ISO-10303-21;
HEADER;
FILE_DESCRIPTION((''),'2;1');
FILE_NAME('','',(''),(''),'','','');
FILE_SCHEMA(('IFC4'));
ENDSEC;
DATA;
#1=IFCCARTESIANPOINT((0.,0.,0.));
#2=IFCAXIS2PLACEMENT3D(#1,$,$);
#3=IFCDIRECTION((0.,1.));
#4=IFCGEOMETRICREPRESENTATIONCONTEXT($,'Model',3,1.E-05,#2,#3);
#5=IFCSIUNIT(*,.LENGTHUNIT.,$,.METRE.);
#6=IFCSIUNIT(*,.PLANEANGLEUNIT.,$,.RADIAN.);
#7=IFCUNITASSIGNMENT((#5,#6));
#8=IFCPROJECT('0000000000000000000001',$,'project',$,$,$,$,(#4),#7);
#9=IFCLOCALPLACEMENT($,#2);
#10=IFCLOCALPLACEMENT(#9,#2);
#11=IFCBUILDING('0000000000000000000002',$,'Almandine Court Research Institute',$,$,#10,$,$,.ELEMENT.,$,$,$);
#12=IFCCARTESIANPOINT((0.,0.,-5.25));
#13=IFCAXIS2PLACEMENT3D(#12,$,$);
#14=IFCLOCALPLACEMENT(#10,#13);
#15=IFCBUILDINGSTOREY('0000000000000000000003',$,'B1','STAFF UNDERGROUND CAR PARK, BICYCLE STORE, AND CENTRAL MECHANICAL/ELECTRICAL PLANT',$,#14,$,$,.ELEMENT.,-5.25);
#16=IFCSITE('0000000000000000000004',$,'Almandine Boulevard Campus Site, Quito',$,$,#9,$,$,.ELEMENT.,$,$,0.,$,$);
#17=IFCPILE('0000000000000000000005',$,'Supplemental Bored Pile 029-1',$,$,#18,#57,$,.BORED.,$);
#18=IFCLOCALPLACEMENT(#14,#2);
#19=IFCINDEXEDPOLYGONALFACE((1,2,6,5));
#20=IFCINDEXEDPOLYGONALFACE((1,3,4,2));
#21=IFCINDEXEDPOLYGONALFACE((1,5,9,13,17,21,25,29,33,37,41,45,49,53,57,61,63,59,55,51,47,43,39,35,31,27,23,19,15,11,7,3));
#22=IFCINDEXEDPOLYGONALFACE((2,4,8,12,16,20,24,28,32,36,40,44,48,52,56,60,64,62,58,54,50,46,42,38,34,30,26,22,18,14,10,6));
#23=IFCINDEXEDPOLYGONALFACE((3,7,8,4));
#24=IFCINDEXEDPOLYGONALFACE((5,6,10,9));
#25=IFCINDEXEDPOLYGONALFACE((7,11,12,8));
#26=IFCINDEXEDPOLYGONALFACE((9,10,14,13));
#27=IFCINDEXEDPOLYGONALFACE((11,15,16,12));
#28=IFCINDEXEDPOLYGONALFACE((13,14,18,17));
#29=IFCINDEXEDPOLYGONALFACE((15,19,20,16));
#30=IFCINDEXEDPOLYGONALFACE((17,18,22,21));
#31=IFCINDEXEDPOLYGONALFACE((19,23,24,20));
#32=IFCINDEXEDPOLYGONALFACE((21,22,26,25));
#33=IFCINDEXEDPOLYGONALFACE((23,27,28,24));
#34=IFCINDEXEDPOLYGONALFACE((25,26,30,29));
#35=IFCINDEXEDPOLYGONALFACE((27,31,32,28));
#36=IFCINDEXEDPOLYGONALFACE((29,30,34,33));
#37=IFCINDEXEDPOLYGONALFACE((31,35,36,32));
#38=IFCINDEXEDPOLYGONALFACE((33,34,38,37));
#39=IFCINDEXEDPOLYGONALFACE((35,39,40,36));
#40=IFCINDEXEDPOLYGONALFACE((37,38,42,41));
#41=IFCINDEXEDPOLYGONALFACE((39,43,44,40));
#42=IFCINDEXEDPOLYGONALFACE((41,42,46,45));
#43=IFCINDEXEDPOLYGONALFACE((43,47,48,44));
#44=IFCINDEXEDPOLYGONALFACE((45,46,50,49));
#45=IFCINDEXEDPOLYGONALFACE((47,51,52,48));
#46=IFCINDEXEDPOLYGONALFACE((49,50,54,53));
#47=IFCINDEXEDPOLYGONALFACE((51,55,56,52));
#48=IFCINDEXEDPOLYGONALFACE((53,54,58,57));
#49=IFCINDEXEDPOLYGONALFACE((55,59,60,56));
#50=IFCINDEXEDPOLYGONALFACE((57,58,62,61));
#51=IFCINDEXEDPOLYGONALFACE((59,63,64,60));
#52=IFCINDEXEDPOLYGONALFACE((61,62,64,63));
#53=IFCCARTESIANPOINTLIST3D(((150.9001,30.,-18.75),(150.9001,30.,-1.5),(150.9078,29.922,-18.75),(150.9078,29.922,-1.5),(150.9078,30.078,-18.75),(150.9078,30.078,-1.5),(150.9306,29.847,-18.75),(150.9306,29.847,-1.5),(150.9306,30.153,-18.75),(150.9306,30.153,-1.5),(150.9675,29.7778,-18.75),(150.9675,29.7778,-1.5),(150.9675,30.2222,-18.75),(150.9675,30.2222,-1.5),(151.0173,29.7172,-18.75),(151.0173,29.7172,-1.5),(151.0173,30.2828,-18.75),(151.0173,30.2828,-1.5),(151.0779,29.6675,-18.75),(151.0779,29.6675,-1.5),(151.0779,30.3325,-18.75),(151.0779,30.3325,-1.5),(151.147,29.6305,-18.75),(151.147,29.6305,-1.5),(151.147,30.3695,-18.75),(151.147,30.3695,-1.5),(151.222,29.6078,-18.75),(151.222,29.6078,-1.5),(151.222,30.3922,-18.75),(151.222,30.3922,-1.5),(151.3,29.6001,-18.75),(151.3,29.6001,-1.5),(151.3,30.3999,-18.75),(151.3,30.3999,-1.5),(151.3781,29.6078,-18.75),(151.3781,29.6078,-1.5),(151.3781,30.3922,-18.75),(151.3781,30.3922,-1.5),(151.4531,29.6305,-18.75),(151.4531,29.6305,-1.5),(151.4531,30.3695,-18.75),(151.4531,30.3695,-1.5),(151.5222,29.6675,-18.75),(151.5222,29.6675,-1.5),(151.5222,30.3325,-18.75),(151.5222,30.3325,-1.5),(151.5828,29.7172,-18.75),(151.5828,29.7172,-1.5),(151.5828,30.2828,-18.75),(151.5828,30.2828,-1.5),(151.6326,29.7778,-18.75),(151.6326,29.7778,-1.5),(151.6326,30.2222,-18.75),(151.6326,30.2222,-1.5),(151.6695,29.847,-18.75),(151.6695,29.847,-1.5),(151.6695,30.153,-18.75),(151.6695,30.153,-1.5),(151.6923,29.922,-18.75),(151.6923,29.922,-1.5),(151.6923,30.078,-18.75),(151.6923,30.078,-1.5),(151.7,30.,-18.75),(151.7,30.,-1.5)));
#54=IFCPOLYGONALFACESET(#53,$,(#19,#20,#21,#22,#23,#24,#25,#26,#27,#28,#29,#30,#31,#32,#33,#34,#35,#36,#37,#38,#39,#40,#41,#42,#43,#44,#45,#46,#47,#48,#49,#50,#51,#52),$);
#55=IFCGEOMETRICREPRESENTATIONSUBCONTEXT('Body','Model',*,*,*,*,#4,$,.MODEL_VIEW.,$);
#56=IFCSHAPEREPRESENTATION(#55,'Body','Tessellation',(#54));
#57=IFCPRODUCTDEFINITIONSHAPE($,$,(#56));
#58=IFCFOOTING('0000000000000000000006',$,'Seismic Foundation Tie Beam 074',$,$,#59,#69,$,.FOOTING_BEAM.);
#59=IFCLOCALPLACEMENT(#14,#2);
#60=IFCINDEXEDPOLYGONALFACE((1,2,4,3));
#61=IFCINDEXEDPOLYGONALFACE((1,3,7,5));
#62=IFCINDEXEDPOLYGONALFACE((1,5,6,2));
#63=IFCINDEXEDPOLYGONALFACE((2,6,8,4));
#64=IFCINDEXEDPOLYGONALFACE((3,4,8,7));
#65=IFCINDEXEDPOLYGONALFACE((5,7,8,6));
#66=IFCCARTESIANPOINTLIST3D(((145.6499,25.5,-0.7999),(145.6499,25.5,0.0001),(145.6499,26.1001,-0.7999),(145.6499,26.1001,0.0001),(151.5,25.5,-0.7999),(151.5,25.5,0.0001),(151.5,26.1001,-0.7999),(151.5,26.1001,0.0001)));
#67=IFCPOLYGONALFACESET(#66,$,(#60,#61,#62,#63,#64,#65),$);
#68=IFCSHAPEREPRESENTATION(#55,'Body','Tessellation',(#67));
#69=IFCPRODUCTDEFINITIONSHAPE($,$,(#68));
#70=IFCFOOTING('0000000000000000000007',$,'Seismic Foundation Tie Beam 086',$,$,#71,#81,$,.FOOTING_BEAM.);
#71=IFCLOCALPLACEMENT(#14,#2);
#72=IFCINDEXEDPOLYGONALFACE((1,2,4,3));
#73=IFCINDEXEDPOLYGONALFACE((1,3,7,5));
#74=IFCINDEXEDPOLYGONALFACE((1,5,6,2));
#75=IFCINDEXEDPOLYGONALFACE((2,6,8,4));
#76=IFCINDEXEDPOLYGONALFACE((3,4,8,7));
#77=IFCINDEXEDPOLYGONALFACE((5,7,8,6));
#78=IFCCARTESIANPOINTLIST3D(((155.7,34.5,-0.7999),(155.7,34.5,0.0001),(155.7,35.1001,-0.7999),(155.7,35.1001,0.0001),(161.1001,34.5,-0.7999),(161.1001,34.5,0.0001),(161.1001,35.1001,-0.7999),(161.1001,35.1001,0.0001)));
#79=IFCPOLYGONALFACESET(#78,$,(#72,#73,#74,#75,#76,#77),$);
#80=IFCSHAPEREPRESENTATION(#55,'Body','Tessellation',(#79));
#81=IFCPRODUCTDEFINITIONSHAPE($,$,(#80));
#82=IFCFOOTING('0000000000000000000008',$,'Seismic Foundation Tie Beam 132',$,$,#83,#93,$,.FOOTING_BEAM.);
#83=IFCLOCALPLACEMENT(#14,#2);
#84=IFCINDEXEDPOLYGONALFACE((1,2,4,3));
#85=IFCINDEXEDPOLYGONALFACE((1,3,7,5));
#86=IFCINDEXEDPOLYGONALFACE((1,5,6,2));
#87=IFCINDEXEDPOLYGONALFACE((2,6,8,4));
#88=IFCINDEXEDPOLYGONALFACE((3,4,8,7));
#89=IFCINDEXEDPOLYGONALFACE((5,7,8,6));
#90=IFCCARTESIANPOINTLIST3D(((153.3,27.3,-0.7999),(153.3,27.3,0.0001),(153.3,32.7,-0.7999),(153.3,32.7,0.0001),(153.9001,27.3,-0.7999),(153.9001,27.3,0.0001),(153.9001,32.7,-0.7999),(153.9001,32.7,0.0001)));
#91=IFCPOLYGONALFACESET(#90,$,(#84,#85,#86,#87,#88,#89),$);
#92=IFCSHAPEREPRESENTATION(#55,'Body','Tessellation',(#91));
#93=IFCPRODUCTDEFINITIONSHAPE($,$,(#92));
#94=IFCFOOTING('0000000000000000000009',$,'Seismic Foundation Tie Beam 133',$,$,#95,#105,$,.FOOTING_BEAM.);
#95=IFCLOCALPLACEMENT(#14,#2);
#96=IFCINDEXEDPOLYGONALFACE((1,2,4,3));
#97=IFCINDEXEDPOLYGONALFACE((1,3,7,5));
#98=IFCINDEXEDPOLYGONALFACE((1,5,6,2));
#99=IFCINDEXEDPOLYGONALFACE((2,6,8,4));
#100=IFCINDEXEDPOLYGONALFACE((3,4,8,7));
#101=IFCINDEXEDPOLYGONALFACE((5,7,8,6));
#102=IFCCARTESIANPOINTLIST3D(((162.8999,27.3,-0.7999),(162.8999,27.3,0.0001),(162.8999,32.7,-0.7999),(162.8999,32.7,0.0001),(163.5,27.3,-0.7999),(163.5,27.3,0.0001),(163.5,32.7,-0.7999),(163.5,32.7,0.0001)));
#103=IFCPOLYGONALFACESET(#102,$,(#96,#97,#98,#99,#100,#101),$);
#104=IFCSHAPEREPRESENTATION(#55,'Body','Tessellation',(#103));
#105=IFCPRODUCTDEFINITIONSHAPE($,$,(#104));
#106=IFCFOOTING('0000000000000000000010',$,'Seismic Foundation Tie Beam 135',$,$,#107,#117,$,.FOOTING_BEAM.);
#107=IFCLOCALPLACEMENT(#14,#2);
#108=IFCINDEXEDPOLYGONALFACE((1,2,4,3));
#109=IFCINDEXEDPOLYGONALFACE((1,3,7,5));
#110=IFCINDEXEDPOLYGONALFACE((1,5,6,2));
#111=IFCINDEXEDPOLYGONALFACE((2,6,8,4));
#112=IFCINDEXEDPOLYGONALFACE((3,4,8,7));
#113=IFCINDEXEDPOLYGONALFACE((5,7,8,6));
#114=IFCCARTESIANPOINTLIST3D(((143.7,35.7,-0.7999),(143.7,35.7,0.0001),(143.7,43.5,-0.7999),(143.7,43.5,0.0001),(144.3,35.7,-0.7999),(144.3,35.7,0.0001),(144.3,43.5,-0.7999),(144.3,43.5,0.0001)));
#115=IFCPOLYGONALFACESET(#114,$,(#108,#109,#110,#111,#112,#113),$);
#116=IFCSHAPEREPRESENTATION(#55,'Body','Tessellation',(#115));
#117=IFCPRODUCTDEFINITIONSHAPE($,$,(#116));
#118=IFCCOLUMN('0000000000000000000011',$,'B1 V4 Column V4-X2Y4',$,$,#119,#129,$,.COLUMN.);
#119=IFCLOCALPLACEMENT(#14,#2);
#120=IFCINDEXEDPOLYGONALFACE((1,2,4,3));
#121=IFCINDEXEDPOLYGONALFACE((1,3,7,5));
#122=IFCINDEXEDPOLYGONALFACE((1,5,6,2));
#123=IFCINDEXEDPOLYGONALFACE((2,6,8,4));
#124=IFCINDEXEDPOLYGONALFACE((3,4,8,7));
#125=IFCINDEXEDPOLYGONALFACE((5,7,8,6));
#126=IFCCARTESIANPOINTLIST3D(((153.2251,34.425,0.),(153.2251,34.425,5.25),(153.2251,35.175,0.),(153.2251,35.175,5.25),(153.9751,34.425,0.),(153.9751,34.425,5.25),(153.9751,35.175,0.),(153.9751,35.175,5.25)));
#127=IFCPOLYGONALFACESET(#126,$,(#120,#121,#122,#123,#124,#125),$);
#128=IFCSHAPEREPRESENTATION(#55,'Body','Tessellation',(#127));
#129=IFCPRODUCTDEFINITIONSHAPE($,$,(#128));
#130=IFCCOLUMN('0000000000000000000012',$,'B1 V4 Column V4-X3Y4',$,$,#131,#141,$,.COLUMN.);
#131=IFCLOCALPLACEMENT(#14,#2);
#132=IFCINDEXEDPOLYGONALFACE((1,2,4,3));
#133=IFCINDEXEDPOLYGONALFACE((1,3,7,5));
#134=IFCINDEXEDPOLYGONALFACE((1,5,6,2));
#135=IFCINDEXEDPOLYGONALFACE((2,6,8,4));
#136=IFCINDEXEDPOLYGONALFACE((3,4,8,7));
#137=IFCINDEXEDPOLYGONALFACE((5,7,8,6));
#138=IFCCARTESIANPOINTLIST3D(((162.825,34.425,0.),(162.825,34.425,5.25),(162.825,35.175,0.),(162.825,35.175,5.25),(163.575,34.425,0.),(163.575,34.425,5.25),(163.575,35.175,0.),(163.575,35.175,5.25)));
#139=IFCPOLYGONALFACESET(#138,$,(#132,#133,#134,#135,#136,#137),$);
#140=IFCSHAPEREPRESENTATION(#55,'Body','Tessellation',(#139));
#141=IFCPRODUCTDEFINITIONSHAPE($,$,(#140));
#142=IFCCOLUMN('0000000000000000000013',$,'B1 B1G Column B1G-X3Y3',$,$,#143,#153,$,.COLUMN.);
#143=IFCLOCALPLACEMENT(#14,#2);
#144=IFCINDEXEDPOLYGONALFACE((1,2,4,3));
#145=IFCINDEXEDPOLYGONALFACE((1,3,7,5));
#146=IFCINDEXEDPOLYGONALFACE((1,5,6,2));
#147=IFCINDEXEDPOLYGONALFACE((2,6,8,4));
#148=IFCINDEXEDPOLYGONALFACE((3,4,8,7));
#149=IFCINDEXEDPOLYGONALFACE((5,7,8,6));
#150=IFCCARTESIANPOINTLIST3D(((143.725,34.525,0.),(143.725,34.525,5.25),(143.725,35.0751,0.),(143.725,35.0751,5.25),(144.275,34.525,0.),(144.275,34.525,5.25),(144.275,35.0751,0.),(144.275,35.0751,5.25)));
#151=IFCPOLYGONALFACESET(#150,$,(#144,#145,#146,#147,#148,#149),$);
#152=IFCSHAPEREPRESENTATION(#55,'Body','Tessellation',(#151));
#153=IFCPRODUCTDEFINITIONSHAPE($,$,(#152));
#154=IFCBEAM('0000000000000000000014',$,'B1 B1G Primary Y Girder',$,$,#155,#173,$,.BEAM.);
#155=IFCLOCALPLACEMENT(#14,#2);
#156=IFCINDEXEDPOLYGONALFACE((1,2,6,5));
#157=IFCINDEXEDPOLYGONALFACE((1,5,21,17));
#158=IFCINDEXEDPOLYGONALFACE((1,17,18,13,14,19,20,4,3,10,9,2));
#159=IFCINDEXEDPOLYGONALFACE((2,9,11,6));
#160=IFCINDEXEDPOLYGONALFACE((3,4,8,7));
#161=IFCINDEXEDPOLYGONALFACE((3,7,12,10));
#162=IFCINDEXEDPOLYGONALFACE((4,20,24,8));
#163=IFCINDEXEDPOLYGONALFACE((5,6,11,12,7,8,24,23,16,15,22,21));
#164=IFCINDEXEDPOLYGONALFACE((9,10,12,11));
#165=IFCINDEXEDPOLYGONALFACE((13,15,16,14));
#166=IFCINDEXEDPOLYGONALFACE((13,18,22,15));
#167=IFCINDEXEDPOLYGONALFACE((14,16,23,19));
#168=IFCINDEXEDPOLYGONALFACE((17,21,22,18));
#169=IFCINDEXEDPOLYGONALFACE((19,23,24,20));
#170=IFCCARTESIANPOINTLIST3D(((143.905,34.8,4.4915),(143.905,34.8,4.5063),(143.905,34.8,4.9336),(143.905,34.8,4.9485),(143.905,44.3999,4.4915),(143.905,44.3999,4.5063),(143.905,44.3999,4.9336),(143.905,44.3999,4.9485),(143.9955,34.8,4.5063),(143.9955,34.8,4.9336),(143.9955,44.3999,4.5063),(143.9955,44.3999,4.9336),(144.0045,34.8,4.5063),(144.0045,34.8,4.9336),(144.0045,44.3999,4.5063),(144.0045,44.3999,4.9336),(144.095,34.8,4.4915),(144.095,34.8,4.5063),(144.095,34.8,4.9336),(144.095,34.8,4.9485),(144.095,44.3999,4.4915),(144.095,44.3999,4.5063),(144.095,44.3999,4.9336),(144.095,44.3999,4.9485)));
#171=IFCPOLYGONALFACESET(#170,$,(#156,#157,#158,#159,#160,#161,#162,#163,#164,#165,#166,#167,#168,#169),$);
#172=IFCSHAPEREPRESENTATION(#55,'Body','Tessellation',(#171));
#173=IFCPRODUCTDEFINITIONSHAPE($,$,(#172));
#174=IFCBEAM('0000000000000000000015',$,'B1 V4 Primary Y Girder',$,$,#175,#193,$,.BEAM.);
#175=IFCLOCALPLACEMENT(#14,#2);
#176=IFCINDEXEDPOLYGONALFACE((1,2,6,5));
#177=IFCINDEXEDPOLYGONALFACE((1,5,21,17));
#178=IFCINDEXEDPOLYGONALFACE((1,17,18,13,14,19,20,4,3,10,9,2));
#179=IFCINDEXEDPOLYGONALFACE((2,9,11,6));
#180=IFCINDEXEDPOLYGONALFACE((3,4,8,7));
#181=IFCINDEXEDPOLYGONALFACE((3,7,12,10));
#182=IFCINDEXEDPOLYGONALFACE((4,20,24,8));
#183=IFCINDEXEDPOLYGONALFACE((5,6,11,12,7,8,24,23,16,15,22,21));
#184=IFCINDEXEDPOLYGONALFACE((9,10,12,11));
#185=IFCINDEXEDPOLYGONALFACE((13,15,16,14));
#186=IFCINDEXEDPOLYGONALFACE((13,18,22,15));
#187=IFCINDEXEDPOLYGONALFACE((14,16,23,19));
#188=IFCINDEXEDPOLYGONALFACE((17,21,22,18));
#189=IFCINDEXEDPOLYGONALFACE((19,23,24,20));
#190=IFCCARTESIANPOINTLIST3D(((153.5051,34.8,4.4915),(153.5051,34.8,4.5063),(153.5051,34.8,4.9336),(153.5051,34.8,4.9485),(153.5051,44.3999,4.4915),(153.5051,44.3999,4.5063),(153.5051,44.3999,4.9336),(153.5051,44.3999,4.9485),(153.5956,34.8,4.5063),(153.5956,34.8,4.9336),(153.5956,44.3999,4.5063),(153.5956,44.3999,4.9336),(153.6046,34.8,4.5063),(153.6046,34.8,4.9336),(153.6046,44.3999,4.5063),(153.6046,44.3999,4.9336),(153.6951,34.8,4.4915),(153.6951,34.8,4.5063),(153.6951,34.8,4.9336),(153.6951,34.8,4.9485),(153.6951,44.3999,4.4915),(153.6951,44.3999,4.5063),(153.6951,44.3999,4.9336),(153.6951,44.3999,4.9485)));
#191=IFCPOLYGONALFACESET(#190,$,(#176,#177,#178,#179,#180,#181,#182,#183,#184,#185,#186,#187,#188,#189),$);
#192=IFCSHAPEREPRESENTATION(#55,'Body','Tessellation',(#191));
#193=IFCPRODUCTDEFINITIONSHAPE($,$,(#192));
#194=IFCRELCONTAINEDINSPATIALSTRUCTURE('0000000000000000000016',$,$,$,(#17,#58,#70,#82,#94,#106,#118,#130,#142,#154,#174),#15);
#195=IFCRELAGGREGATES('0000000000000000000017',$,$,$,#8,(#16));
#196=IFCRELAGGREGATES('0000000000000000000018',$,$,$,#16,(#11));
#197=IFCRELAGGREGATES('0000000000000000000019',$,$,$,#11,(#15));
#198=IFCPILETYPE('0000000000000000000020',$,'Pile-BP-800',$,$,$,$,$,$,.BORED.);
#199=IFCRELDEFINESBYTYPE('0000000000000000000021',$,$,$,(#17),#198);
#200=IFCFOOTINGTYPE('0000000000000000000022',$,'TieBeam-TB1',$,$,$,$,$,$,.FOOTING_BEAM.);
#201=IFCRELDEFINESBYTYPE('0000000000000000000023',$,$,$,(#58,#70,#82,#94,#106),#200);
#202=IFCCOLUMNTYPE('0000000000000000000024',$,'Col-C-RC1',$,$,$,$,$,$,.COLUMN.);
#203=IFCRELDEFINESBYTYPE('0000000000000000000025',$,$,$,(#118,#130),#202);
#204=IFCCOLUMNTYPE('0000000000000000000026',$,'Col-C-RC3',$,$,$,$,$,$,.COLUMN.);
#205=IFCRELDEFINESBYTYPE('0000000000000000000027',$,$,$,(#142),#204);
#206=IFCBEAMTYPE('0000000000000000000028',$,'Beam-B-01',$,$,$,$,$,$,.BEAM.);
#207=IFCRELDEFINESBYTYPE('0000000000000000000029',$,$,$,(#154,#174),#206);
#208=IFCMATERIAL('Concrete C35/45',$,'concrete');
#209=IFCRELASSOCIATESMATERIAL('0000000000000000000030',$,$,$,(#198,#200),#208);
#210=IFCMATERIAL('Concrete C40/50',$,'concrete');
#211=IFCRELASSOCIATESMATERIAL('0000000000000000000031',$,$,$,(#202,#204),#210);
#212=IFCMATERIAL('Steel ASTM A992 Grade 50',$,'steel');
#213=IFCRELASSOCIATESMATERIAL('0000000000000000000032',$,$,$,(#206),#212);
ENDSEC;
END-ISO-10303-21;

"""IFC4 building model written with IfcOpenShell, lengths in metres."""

from ifc_helpers import new_model, si_unit, direction, frame, origin, origin_2d, place, context, subcontext, project, spatial, rectangle, circle, i_section, extrude, material, material_profile, profile_set, type_object, element, save


model = new_model("IFC4")

# Units and contexts
model_context = context("Model", 3, precision=1e-05, world=origin(), true_north=direction((0.0, 1.0)))
body_context = subcontext(model_context, "Body", "Model", "MODEL_VIEW")
ifc_project = project(units=[si_unit("LENGTHUNIT", "METRE"), si_unit("PLANEANGLEUNIT", "RADIAN")], contexts=[model_context])

# Site, building, storey
site_placement = place(None, origin())
site = spatial("IfcSite", under=ifc_project, at=site_placement, Name="Almandine Boulevard Campus Site, Quito", CompositionType="ELEMENT", RefElevation=0.0)
building_placement = place(site_placement, origin())
building = spatial("IfcBuilding", under=site, at=building_placement, Name="Almandine Court Research Institute", CompositionType="ELEMENT")
storey_placement = place(building_placement, frame((0.0, 0.0, -5.25)))
storey = spatial("IfcBuildingStorey", under=building, at=storey_placement, Name="B1", Description="STAFF UNDERGROUND CAR PARK, BICYCLE STORE, AND CENTRAL MECHANICAL/ELECTRICAL PLANT", CompositionType="ELEMENT", Elevation=-5.25)

# Shared definitions
ifc_material_1 = material(Name="Concrete C35/45", Category="concrete")

# Pile
ifc_material_profile_1 = material_profile(ifc_material_1, circle(Radius=0.3999, at=origin_2d()), Name="BORED PILE D800")
ifc_profile_set_1 = profile_set([ifc_material_profile_1], Name="Concrete C35/45")
pile_type_1 = type_object("IfcPileType", Name="Pile-BP-800", PredefinedType="BORED", material=ifc_profile_set_1)
pile_placement = place(storey_placement, frame((151.3, 30.0, -1.5), z_axis=(0.0, 0.0, -1.0), x_axis=(1.0, 0.0, 0.0)))
element("IfcPile", 1, at=pile_placement, inside=storey, type_object=pile_type_1, Name="Supplemental Bored Pile 029-1", PredefinedType="BORED", context=body_context, shape_type="SweptSolid", body=[
    extrude(circle(Radius=0.3999, at=origin_2d()), origin(), (0.0, 0.0, 1.0), 17.25),
])

# Footings
ifc_material_profile_2 = material_profile(ifc_material_1, rectangle(XDim=0.6001, YDim=0.8, at=origin_2d()), Name="RC TIE 600x800")
ifc_profile_set_2 = profile_set([ifc_material_profile_2], Name="Concrete C35/45")
footing_type_1 = type_object("IfcFootingType", Name="TieBeam-TB1", PredefinedType="FOOTING_BEAM", material=ifc_profile_set_2)
footing_1_placement = place(storey_placement, frame((145.6499, 25.8, -0.3999), z_axis=(1.0, 0.0, 0.0), x_axis=(0.0, 1.0, 0.0)))
element("IfcFooting", 2, at=footing_1_placement, inside=storey, type_object=footing_type_1, Name="Seismic Foundation Tie Beam 074", PredefinedType="FOOTING_BEAM", context=body_context, shape_type="SweptSolid", body=[
    extrude(rectangle(XDim=0.6001, YDim=0.8, at=origin_2d()), origin(), (0.0, 0.0, 1.0), 5.8501),
])
footing_2_placement = place(storey_placement, frame((155.7, 34.8, -0.3999), z_axis=(1.0, 0.0, 0.0), x_axis=(0.0, 1.0, 0.0)))
element("IfcFooting", 3, at=footing_2_placement, inside=storey, type_object=footing_type_1, Name="Seismic Foundation Tie Beam 086", PredefinedType="FOOTING_BEAM", context=body_context, shape_type="SweptSolid", body=[
    extrude(rectangle(XDim=0.6001, YDim=0.8, at=origin_2d()), origin(), (0.0, 0.0, 1.0), 5.4001),
])
for number, where, z_axis, x_axis, name in (
    (4, (153.6001, 27.3, -0.3999), (0.0, 1.0, 0.0), (-1.0, 0.0, 0.0), "Seismic Foundation Tie Beam 132"),
    (5, (163.2, 27.3, -0.3999), (0.0, 1.0, 0.0), (-1.0, 0.0, 0.0), "Seismic Foundation Tie Beam 133"),
):
    element("IfcFooting", number, at=place(storey_placement, frame(where, z_axis=z_axis, x_axis=x_axis)), inside=storey, type_object=footing_type_1, Name=name, PredefinedType="FOOTING_BEAM", context=body_context, shape_type="SweptSolid", body=[
        extrude(rectangle(XDim=0.6001, YDim=0.8, at=origin_2d()), origin(), (0.0, 0.0, 1.0), 5.3999),
    ])
footing_3_placement = place(storey_placement, frame((144.0, 35.7, -0.3999), z_axis=(0.0, 1.0, 0.0), x_axis=(-1.0, 0.0, 0.0)))
element("IfcFooting", 6, at=footing_3_placement, inside=storey, type_object=footing_type_1, Name="Seismic Foundation Tie Beam 135", PredefinedType="FOOTING_BEAM", context=body_context, shape_type="SweptSolid", body=[
    extrude(rectangle(XDim=0.6001, YDim=0.8, at=origin_2d()), origin(), (0.0, 0.0, 1.0), 7.8),
])

# Columns
ifc_material_2 = material(Name="Concrete C40/50", Category="concrete")
ifc_material_profile_3 = material_profile(ifc_material_2, rectangle(XDim=0.75, YDim=0.75, at=origin_2d()), Name="RC 750x750")
ifc_profile_set_3 = profile_set([ifc_material_profile_3], Name="Concrete C40/50")
column_type_1 = type_object("IfcColumnType", Name="Col-C-RC1", PredefinedType="COLUMN", material=ifc_profile_set_3)
for number, where, z_axis, x_axis, name in (
    (7, (153.6001, 34.8, 0.0), (0.0, 0.0, 1.0), (1.0, 0.0, 0.0), "B1 V4 Column V4-X2Y4"),
    (8, (163.2, 34.8, 0.0), (0.0, 0.0, 1.0), (1.0, 0.0, 0.0), "B1 V4 Column V4-X3Y4"),
):
    element("IfcColumn", number, at=place(storey_placement, frame(where, z_axis=z_axis, x_axis=x_axis)), inside=storey, type_object=column_type_1, Name=name, PredefinedType="COLUMN", context=body_context, shape_type="SweptSolid", body=[
        extrude(rectangle(XDim=0.75, YDim=0.75, at=origin_2d()), origin(), (0.0, 0.0, 1.0), 5.25),
    ])
ifc_material_profile_4 = material_profile(ifc_material_2, rectangle(XDim=0.55, YDim=0.55, at=origin_2d()), Name="RC 550x550")
ifc_profile_set_4 = profile_set([ifc_material_profile_4], Name="Concrete C40/50")
column_type_2 = type_object("IfcColumnType", Name="Col-C-RC3", PredefinedType="COLUMN", material=ifc_profile_set_4)
column_placement = place(storey_placement, frame((144.0, 34.8, 0.0), z_axis=(0.0, 0.0, 1.0), x_axis=(1.0, 0.0, 0.0)))
element("IfcColumn", 9, at=column_placement, inside=storey, type_object=column_type_2, Name="B1 B1G Column B1G-X3Y3", PredefinedType="COLUMN", context=body_context, shape_type="SweptSolid", body=[
    extrude(rectangle(XDim=0.55, YDim=0.55, at=origin_2d()), origin(), (0.0, 0.0, 1.0), 5.25),
])

# Beams
ifc_material_3 = material(Name="Steel ASTM A992 Grade 50", Category="steel")
ifc_material_profile_5 = material_profile(ifc_material_3, i_section(OverallWidth=0.1899, OverallDepth=0.457, WebThickness=0.009, FlangeThickness=0.0149, at=origin_2d()), Name="W460x74")
ifc_profile_set_5 = profile_set([ifc_material_profile_5], Name="Steel ASTM A992 Grade 50")
beam_type_1 = type_object("IfcBeamType", Name="Beam-B-01", PredefinedType="BEAM", material=ifc_profile_set_5)
for number, where, z_axis, x_axis, name in (
    (10, (144.0, 34.8, 4.72), (0.0, 1.0, 0.0), (-1.0, 0.0, 0.0), "B1 B1G Primary Y Girder"),
    (11, (153.6001, 34.8, 4.72), (0.0, 1.0, 0.0), (-1.0, 0.0, 0.0), "B1 V4 Primary Y Girder"),
):
    element("IfcBeam", number, at=place(storey_placement, frame(where, z_axis=z_axis, x_axis=x_axis)), inside=storey, type_object=beam_type_1, Name=name, PredefinedType="BEAM", context=body_context, shape_type="SweptSolid", body=[
        extrude(i_section(OverallWidth=0.1899, OverallDepth=0.457, WebThickness=0.009, FlangeThickness=0.0149, at=origin_2d()), origin(), (0.0, 0.0, 1.0), 9.5999),
    ])

save(model, "model.ifc")
